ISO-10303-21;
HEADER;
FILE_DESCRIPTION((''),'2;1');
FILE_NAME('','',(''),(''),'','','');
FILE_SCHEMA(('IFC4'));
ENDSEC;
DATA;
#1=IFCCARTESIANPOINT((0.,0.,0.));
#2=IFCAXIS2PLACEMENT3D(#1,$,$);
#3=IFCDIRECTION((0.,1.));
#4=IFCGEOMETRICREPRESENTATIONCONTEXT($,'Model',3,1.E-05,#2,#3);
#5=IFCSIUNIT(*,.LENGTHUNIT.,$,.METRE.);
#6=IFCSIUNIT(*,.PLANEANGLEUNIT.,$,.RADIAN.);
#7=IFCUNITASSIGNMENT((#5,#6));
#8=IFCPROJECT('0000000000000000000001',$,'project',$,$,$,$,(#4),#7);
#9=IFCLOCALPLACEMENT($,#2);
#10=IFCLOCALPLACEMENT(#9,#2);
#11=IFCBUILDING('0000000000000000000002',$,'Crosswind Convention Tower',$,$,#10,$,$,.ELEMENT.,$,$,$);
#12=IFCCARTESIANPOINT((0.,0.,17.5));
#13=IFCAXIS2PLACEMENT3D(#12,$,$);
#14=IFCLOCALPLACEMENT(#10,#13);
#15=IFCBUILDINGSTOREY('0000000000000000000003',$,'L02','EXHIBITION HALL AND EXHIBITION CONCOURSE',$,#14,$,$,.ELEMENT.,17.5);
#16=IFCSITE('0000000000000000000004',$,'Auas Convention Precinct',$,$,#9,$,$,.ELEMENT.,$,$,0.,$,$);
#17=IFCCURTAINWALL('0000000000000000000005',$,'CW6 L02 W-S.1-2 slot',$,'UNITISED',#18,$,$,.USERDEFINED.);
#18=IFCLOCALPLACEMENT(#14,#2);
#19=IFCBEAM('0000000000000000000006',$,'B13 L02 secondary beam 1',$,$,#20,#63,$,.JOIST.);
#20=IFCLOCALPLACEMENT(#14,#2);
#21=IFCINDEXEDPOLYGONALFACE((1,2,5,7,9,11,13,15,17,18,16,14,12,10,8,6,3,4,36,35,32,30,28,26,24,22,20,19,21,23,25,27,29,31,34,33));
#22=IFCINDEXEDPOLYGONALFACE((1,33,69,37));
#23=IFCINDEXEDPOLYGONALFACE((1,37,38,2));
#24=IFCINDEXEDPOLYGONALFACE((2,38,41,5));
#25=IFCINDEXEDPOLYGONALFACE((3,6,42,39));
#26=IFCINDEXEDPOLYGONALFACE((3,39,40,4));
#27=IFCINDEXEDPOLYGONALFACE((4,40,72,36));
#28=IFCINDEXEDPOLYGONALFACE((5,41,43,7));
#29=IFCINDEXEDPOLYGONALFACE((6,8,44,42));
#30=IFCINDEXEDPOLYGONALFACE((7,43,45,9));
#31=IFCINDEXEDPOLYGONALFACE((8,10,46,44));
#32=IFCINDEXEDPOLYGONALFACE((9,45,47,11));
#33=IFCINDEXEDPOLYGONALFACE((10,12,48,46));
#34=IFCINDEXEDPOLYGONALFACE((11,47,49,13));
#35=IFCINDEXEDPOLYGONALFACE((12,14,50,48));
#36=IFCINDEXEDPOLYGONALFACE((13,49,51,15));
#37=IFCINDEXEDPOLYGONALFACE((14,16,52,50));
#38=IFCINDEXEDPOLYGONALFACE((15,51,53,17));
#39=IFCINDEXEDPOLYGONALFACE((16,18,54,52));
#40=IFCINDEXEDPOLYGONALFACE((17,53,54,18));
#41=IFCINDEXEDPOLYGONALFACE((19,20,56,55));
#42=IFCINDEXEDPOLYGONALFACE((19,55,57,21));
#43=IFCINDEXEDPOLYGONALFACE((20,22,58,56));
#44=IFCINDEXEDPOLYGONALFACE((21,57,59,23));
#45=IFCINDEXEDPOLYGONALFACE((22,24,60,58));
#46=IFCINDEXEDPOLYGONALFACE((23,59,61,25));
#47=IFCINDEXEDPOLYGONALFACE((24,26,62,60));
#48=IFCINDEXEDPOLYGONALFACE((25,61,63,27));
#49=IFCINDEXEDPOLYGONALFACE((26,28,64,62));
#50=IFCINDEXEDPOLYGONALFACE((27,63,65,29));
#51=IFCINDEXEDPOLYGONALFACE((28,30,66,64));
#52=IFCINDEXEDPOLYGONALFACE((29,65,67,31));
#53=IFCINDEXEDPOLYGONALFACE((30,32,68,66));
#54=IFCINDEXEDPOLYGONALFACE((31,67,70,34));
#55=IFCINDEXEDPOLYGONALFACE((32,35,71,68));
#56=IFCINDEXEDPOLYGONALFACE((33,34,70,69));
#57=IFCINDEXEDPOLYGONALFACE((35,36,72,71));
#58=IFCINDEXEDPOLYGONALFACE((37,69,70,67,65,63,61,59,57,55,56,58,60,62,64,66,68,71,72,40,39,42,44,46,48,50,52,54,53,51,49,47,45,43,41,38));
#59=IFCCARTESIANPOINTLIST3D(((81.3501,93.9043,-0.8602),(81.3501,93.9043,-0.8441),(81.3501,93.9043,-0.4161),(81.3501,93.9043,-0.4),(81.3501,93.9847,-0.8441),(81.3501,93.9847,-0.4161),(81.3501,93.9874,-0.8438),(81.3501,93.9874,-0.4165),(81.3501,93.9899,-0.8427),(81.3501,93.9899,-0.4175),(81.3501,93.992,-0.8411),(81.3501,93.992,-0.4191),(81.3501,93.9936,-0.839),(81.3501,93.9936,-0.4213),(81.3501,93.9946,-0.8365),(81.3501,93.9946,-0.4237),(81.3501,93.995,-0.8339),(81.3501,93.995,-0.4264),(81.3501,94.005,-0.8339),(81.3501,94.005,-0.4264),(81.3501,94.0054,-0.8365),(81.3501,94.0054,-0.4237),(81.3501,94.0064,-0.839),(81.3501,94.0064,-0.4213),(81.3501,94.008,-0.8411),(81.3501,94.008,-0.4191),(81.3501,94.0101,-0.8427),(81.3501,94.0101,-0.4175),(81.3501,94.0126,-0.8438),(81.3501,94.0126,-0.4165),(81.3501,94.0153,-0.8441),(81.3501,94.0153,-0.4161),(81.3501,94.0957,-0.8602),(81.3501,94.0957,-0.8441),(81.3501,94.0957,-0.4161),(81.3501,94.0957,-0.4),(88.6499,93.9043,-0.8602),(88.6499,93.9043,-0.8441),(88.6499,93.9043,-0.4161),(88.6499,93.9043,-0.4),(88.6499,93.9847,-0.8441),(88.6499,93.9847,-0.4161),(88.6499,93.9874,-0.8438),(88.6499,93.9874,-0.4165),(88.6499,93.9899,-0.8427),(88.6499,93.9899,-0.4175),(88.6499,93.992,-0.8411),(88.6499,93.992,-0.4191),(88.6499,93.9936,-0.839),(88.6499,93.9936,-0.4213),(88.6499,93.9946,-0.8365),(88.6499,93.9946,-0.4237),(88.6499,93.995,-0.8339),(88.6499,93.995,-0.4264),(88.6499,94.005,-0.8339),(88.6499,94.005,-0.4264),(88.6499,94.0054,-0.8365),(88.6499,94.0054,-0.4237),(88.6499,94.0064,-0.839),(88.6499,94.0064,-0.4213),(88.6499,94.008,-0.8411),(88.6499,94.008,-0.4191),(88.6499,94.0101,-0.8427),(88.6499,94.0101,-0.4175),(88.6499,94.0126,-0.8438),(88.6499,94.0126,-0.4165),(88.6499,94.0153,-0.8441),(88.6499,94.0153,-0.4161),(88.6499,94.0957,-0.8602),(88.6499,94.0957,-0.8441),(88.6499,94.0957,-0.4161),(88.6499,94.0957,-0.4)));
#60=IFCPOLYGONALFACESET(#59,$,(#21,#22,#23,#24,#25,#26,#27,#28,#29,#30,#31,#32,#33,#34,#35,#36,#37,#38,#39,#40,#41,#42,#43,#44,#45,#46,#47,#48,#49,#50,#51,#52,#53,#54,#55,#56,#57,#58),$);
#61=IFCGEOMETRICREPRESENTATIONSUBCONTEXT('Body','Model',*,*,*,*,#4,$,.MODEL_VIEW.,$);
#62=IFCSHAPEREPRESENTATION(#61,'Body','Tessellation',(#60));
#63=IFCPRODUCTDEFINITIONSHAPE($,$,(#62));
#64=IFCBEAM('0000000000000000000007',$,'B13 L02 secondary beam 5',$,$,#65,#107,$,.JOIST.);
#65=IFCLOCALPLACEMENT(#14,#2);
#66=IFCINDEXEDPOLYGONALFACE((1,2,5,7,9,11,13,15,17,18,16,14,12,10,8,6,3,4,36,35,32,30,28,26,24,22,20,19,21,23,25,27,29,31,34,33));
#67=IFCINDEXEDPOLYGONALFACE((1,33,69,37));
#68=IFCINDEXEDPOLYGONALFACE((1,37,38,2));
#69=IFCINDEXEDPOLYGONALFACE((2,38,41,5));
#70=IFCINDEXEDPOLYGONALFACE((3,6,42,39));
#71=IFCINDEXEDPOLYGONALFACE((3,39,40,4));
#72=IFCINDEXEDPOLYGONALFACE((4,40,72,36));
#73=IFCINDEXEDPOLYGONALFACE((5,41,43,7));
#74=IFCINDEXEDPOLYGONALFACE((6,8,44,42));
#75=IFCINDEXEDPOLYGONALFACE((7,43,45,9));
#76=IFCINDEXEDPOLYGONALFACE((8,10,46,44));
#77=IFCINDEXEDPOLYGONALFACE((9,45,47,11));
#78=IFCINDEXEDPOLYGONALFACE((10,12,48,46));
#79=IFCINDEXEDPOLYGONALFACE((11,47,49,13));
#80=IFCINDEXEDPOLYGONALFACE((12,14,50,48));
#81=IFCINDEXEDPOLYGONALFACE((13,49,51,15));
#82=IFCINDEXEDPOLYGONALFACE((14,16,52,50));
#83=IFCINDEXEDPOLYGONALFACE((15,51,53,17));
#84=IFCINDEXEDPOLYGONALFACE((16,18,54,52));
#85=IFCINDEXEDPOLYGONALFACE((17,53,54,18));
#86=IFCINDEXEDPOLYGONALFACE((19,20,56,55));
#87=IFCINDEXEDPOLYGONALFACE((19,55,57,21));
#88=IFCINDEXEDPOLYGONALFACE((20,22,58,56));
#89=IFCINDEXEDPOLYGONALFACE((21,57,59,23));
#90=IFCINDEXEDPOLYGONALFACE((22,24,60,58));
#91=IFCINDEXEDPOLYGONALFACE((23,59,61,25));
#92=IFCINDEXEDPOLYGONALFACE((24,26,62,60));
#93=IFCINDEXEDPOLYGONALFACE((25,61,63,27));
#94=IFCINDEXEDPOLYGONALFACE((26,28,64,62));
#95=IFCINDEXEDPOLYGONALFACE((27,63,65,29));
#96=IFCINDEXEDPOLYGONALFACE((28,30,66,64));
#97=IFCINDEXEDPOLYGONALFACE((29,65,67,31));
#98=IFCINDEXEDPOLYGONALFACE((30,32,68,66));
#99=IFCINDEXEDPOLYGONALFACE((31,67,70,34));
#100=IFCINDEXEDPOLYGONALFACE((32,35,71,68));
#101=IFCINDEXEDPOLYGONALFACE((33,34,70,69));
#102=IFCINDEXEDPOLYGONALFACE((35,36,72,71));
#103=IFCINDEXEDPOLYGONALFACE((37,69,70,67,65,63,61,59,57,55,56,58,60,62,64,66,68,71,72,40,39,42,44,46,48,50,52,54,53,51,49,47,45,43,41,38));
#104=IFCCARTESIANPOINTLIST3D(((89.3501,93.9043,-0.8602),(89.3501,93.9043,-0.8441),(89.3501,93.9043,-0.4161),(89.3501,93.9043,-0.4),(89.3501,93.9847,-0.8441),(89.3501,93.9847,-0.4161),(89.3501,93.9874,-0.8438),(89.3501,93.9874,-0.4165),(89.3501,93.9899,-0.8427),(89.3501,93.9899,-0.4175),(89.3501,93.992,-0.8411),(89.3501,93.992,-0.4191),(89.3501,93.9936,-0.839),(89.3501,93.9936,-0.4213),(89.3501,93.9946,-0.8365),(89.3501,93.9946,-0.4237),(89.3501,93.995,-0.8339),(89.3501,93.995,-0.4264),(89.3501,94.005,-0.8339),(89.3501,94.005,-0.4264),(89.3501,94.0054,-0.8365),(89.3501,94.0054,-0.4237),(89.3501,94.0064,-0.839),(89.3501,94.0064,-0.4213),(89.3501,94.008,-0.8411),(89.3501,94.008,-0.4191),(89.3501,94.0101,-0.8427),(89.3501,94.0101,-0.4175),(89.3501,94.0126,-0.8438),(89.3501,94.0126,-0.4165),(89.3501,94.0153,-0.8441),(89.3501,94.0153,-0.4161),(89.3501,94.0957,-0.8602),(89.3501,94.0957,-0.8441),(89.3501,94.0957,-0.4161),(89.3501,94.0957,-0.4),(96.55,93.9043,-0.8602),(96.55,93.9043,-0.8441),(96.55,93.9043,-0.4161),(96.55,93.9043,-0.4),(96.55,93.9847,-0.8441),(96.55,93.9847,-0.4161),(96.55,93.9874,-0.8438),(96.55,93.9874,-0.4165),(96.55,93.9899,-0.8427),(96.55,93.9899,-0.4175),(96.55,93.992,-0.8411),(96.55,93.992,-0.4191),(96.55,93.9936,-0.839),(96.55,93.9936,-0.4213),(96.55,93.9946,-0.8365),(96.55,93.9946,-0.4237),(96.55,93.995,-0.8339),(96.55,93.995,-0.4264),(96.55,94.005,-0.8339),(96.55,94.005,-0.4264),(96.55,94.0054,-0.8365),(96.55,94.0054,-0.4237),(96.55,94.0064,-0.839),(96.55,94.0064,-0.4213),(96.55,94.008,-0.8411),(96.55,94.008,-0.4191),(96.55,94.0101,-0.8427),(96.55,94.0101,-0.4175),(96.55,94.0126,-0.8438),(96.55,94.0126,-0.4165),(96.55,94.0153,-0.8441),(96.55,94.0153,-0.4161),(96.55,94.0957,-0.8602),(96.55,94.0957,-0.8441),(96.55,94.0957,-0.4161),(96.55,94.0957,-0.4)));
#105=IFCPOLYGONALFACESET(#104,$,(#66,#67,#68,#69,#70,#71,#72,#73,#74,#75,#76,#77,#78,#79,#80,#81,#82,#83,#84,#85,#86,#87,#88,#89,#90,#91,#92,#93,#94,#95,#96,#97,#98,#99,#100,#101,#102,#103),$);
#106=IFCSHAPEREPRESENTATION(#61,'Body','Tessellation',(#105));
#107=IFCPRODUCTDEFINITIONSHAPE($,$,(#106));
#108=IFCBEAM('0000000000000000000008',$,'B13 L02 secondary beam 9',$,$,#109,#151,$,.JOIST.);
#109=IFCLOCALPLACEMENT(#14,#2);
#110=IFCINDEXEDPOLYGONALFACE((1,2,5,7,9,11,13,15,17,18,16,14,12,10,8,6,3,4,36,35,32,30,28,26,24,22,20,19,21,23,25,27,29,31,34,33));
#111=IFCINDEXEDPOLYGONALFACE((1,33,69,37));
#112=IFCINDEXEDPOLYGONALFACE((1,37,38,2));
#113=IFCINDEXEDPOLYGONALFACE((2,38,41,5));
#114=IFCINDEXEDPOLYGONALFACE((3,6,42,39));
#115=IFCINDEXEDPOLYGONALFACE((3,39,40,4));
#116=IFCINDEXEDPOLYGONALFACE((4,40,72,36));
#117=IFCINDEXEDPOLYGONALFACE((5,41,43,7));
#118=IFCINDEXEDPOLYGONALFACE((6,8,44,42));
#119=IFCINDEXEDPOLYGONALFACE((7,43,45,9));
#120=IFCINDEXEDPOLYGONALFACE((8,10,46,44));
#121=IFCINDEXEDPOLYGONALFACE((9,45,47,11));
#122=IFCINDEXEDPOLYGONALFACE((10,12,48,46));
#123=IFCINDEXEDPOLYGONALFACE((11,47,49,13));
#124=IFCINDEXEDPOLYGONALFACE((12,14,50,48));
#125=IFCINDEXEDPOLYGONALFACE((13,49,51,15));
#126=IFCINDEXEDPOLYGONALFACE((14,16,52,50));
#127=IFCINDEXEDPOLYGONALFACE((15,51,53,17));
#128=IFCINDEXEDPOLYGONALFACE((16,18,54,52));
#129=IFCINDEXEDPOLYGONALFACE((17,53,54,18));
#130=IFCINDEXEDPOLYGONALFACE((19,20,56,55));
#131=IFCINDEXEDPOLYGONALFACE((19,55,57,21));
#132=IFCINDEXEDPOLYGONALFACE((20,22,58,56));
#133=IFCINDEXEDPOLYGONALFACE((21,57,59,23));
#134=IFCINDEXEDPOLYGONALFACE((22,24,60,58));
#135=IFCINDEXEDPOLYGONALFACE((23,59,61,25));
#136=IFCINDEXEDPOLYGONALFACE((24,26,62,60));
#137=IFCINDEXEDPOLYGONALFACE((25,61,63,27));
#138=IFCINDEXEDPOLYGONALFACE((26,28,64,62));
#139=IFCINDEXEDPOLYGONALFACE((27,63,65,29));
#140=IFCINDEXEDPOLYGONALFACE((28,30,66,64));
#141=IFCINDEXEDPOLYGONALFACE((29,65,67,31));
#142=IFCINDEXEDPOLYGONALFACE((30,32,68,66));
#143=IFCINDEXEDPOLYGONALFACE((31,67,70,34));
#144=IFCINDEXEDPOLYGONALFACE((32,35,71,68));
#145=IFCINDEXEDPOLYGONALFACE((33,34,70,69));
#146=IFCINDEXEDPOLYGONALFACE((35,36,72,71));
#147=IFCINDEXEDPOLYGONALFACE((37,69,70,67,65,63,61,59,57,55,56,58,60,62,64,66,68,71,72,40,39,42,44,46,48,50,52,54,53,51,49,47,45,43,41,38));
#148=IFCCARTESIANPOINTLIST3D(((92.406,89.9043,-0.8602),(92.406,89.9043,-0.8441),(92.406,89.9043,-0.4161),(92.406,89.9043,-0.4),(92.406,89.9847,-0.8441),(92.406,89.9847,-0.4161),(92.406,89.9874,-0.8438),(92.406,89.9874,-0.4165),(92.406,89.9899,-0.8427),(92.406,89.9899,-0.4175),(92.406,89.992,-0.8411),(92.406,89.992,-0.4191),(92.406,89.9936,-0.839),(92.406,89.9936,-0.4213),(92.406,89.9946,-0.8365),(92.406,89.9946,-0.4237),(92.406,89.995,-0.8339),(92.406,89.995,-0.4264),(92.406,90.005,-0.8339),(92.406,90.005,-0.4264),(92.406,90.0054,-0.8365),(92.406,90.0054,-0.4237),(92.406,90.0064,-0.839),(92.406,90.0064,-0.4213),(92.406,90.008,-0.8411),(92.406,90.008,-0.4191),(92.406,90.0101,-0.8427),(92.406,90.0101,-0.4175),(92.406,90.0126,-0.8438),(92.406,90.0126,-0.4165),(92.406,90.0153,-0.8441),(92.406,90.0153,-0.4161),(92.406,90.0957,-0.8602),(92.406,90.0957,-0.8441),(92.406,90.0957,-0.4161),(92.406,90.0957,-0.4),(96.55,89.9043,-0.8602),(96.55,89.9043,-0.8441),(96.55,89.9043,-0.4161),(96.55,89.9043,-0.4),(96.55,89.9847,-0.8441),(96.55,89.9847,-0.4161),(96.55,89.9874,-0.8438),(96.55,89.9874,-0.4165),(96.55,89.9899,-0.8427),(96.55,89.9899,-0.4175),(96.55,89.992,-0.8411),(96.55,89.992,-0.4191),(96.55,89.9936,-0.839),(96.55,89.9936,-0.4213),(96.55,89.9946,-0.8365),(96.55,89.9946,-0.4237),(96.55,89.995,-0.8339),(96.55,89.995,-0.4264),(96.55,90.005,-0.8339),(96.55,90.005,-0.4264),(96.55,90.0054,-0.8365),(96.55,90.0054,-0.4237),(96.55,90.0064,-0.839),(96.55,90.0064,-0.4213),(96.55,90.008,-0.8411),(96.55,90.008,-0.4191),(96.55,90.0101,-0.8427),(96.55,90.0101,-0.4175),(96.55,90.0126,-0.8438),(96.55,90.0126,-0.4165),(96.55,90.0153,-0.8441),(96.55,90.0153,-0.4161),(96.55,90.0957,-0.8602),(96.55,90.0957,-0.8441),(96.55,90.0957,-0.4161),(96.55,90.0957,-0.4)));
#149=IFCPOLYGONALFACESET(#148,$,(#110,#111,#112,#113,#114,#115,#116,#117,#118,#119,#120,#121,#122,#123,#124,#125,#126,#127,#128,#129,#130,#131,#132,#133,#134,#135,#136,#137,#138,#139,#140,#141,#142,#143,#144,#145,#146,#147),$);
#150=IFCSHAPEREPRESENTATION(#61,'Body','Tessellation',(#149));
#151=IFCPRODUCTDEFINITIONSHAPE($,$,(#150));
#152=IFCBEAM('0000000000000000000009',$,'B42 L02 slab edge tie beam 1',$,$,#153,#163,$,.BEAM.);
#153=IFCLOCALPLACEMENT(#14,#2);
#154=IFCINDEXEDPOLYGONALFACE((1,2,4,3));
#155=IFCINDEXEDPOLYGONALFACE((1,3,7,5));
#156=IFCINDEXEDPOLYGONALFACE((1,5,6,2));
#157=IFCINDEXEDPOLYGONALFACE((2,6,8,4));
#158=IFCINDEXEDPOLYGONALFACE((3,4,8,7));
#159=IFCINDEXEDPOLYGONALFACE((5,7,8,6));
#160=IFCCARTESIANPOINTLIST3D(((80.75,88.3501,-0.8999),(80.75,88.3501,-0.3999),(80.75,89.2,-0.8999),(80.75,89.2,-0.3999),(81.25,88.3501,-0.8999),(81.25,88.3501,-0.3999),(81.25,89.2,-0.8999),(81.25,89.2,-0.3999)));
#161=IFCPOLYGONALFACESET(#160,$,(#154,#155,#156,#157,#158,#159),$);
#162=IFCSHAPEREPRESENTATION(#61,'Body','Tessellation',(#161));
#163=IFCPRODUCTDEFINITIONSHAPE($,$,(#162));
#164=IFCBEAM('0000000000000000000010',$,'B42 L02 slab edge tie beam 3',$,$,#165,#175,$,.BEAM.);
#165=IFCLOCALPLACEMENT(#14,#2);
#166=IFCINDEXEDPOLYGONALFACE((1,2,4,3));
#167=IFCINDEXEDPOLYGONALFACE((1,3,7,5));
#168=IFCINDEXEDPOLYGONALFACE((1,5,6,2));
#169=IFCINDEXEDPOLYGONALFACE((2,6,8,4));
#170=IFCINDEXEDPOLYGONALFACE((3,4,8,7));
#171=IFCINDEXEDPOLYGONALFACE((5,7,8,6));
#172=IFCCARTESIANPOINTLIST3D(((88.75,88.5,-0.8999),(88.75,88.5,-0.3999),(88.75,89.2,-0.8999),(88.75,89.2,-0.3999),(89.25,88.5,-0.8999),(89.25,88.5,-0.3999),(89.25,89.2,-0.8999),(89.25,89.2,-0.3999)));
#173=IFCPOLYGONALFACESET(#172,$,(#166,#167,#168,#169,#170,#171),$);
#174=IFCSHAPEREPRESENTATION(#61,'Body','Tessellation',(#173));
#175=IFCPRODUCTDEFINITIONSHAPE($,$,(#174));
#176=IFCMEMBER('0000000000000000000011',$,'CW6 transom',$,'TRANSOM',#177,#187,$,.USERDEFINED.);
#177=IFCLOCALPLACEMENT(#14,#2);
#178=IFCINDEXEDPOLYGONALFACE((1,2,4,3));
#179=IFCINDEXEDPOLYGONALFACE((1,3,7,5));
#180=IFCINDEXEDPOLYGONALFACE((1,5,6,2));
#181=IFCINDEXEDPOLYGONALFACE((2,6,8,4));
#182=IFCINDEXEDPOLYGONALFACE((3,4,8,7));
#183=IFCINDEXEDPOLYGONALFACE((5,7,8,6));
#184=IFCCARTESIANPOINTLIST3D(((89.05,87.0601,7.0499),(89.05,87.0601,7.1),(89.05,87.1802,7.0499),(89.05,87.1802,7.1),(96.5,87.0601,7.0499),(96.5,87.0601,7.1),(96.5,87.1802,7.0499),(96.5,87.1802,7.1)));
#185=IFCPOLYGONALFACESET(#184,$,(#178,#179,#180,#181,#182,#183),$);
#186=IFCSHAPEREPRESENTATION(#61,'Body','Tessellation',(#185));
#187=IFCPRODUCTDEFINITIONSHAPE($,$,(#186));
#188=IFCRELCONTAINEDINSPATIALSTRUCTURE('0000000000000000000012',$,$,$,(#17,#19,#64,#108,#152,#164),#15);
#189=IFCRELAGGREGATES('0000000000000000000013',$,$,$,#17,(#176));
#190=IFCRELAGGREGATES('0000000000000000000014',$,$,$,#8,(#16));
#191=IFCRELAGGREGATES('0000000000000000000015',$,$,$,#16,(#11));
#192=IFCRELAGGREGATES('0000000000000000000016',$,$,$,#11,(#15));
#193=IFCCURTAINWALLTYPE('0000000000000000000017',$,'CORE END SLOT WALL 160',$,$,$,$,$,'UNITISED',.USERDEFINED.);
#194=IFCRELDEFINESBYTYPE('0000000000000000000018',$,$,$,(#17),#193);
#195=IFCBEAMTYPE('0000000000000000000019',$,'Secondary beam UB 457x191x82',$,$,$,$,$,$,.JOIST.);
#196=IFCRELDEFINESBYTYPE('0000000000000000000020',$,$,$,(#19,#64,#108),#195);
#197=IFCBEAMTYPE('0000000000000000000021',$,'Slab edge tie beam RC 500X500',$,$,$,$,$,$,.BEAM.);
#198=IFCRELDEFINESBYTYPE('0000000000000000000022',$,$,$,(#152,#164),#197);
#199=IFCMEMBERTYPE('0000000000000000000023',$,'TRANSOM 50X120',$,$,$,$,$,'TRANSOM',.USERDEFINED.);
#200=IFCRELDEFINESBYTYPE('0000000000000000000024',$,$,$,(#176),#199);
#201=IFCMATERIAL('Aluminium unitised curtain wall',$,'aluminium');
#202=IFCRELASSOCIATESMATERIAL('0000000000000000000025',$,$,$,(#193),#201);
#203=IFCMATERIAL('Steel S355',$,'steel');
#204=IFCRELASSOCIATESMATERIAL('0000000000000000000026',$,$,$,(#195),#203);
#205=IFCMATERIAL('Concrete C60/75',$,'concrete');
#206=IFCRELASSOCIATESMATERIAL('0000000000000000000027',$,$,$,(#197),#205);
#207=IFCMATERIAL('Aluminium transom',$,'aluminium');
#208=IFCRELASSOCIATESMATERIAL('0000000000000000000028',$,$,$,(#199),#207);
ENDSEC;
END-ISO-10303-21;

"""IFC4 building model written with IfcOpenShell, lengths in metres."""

from ifc_helpers import new_model, si_unit, direction, frame, origin, origin_2d, place, context, subcontext, project, spatial, rectangle, i_section, extrude, material, material_profile, profile_set, type_object, element, aggregate, save


model = new_model("IFC4")

# Units and contexts
model_context = context("Model", 3, precision=1e-05, world=origin(), true_north=direction((0.0, 1.0)))
body_context = subcontext(model_context, "Body", "Model", "MODEL_VIEW")
ifc_project = project(units=[si_unit("LENGTHUNIT", "METRE"), si_unit("PLANEANGLEUNIT", "RADIAN")], contexts=[model_context])

# Site, building, storey
site_placement = place(None, origin())
site = spatial("IfcSite", under=ifc_project, at=site_placement, Name="Auas Convention Precinct", CompositionType="ELEMENT", RefElevation=0.0)
building_placement = place(site_placement, origin())
building = spatial("IfcBuilding", under=site, at=building_placement, Name="Crosswind Convention Tower", CompositionType="ELEMENT")
storey_placement = place(building_placement, frame((0.0, 0.0, 17.5)))
storey = spatial("IfcBuildingStorey", under=building, at=storey_placement, Name="L02", Description="EXHIBITION HALL AND EXHIBITION CONCOURSE", CompositionType="ELEMENT", Elevation=17.5)

# Shared definitions
ifc_material_1 = material(Name="Concrete C60/75", Category="concrete")

# Shared definitions
ifc_material_2 = material(Name="Steel S355", Category="steel")

# Curtain wall
ifc_material_3 = material(Name="Aluminium unitised curtain wall", Category="aluminium")
curtain_wall_type_1 = type_object("IfcCurtainWallType", Name="CORE END SLOT WALL 160", ElementType="UNITISED", PredefinedType="USERDEFINED", material=ifc_material_3)
curtain_wall_1_placement = place(storey_placement, origin())
curtain_wall_1 = element("IfcCurtainWall", 1, at=curtain_wall_1_placement, inside=storey, type_object=curtain_wall_type_1, Name="CW6 L02 W-S.1-2 slot", ObjectType="UNITISED", PredefinedType="USERDEFINED")

# Beams
ifc_material_profile_1 = material_profile(ifc_material_2, i_section(OverallWidth=0.1914, OverallDepth=0.4602, WebThickness=0.01, FlangeThickness=0.0161, FilletRadius=0.0103, at=origin_2d()), Name="UB 457x191x82")
ifc_profile_set_1 = profile_set([ifc_material_profile_1], Name="Steel S355")
beam_type_1 = type_object("IfcBeamType", Name="Secondary beam UB 457x191x82", PredefinedType="JOIST", material=ifc_profile_set_1)
beam_1_placement = place(storey_placement, frame((81.3501, 94.0, -0.6301), z_axis=(1.0, 0.0, 0.0), x_axis=(0.0, 1.0, 0.0)))
element("IfcBeam", 2, at=beam_1_placement, inside=storey, type_object=beam_type_1, Name="B13 L02 secondary beam 1", PredefinedType="JOIST", context=body_context, shape_type="SweptSolid", body=[
    extrude(i_section(OverallWidth=0.1914, OverallDepth=0.4602, WebThickness=0.01, FlangeThickness=0.0161, FilletRadius=0.0103, at=origin_2d()), origin(), (0.0, 0.0, 1.0), 7.2998),
])
beam_2_placement = place(storey_placement, frame((89.3501, 94.0, -0.6301), z_axis=(1.0, 0.0, 0.0), x_axis=(0.0, 1.0, 0.0)))
element("IfcBeam", 3, at=beam_2_placement, inside=storey, type_object=beam_type_1, Name="B13 L02 secondary beam 5", PredefinedType="JOIST", context=body_context, shape_type="SweptSolid", body=[
    extrude(i_section(OverallWidth=0.1914, OverallDepth=0.4602, WebThickness=0.01, FlangeThickness=0.0161, FilletRadius=0.0103, at=origin_2d()), origin(), (0.0, 0.0, 1.0), 7.2),
])
beam_3_placement = place(storey_placement, frame((92.406, 90.0, -0.6301), z_axis=(1.0, 0.0, 0.0), x_axis=(0.0, 1.0, 0.0)))
element("IfcBeam", 4, at=beam_3_placement, inside=storey, type_object=beam_type_1, Name="B13 L02 secondary beam 9", PredefinedType="JOIST", context=body_context, shape_type="SweptSolid", body=[
    extrude(i_section(OverallWidth=0.1914, OverallDepth=0.4602, WebThickness=0.01, FlangeThickness=0.0161, FilletRadius=0.0103, at=origin_2d()), origin(), (0.0, 0.0, 1.0), 4.144),
])
ifc_material_profile_2 = material_profile(ifc_material_1, rectangle(XDim=0.5, YDim=0.5, at=origin_2d()), Name="RC 500X500")
ifc_profile_set_2 = profile_set([ifc_material_profile_2], Name="Concrete C60/75")
beam_type_2 = type_object("IfcBeamType", Name="Slab edge tie beam RC 500X500", PredefinedType="BEAM", material=ifc_profile_set_2)
beam_4_placement = place(storey_placement, frame((81.0, 88.3501, -0.6499), z_axis=(0.0, 1.0, 0.0), x_axis=(-1.0, 0.0, 0.0)))
element("IfcBeam", 5, at=beam_4_placement, inside=storey, type_object=beam_type_2, Name="B42 L02 slab edge tie beam 1", PredefinedType="BEAM", context=body_context, shape_type="SweptSolid", body=[
    extrude(rectangle(XDim=0.5, YDim=0.5, at=origin_2d()), origin(), (0.0, 0.0, 1.0), 0.8499),
])
beam_5_placement = place(storey_placement, frame((89.0, 88.5, -0.6499), z_axis=(0.0, 1.0, 0.0), x_axis=(-1.0, 0.0, 0.0)))
element("IfcBeam", 6, at=beam_5_placement, inside=storey, type_object=beam_type_2, Name="B42 L02 slab edge tie beam 3", PredefinedType="BEAM", context=body_context, shape_type="SweptSolid", body=[
    extrude(rectangle(XDim=0.5, YDim=0.5, at=origin_2d()), origin(), (0.0, 0.0, 1.0), 0.7),
])

# Member
ifc_material_4 = material(Name="Aluminium transom", Category="aluminium")
ifc_material_profile_3 = material_profile(ifc_material_4, rectangle(XDim=0.1201, YDim=0.05, at=origin_2d()), Name="AL 120X50")
ifc_profile_set_3 = profile_set([ifc_material_profile_3], Name="Aluminium transom")
member_type_1 = type_object("IfcMemberType", Name="TRANSOM 50X120", ElementType="TRANSOM", PredefinedType="USERDEFINED", material=ifc_profile_set_3)
member_1_placement = place(storey_placement, frame((89.05, 87.1201, 7.075), z_axis=(1.0, 0.0, 0.0), x_axis=(0.0, 1.0, 0.0)))
member_1 = element("IfcMember", 7, at=member_1_placement, type_object=member_type_1, Name="CW6 transom", ObjectType="TRANSOM", PredefinedType="USERDEFINED", context=body_context, shape_type="SweptSolid", body=[
    extrude(rectangle(XDim=0.1201, YDim=0.05, at=origin_2d()), origin(), (0.0, 0.0, 1.0), 7.45),
])

aggregate(curtain_wall_1, [member_1])

save(model, "model.ifc")
